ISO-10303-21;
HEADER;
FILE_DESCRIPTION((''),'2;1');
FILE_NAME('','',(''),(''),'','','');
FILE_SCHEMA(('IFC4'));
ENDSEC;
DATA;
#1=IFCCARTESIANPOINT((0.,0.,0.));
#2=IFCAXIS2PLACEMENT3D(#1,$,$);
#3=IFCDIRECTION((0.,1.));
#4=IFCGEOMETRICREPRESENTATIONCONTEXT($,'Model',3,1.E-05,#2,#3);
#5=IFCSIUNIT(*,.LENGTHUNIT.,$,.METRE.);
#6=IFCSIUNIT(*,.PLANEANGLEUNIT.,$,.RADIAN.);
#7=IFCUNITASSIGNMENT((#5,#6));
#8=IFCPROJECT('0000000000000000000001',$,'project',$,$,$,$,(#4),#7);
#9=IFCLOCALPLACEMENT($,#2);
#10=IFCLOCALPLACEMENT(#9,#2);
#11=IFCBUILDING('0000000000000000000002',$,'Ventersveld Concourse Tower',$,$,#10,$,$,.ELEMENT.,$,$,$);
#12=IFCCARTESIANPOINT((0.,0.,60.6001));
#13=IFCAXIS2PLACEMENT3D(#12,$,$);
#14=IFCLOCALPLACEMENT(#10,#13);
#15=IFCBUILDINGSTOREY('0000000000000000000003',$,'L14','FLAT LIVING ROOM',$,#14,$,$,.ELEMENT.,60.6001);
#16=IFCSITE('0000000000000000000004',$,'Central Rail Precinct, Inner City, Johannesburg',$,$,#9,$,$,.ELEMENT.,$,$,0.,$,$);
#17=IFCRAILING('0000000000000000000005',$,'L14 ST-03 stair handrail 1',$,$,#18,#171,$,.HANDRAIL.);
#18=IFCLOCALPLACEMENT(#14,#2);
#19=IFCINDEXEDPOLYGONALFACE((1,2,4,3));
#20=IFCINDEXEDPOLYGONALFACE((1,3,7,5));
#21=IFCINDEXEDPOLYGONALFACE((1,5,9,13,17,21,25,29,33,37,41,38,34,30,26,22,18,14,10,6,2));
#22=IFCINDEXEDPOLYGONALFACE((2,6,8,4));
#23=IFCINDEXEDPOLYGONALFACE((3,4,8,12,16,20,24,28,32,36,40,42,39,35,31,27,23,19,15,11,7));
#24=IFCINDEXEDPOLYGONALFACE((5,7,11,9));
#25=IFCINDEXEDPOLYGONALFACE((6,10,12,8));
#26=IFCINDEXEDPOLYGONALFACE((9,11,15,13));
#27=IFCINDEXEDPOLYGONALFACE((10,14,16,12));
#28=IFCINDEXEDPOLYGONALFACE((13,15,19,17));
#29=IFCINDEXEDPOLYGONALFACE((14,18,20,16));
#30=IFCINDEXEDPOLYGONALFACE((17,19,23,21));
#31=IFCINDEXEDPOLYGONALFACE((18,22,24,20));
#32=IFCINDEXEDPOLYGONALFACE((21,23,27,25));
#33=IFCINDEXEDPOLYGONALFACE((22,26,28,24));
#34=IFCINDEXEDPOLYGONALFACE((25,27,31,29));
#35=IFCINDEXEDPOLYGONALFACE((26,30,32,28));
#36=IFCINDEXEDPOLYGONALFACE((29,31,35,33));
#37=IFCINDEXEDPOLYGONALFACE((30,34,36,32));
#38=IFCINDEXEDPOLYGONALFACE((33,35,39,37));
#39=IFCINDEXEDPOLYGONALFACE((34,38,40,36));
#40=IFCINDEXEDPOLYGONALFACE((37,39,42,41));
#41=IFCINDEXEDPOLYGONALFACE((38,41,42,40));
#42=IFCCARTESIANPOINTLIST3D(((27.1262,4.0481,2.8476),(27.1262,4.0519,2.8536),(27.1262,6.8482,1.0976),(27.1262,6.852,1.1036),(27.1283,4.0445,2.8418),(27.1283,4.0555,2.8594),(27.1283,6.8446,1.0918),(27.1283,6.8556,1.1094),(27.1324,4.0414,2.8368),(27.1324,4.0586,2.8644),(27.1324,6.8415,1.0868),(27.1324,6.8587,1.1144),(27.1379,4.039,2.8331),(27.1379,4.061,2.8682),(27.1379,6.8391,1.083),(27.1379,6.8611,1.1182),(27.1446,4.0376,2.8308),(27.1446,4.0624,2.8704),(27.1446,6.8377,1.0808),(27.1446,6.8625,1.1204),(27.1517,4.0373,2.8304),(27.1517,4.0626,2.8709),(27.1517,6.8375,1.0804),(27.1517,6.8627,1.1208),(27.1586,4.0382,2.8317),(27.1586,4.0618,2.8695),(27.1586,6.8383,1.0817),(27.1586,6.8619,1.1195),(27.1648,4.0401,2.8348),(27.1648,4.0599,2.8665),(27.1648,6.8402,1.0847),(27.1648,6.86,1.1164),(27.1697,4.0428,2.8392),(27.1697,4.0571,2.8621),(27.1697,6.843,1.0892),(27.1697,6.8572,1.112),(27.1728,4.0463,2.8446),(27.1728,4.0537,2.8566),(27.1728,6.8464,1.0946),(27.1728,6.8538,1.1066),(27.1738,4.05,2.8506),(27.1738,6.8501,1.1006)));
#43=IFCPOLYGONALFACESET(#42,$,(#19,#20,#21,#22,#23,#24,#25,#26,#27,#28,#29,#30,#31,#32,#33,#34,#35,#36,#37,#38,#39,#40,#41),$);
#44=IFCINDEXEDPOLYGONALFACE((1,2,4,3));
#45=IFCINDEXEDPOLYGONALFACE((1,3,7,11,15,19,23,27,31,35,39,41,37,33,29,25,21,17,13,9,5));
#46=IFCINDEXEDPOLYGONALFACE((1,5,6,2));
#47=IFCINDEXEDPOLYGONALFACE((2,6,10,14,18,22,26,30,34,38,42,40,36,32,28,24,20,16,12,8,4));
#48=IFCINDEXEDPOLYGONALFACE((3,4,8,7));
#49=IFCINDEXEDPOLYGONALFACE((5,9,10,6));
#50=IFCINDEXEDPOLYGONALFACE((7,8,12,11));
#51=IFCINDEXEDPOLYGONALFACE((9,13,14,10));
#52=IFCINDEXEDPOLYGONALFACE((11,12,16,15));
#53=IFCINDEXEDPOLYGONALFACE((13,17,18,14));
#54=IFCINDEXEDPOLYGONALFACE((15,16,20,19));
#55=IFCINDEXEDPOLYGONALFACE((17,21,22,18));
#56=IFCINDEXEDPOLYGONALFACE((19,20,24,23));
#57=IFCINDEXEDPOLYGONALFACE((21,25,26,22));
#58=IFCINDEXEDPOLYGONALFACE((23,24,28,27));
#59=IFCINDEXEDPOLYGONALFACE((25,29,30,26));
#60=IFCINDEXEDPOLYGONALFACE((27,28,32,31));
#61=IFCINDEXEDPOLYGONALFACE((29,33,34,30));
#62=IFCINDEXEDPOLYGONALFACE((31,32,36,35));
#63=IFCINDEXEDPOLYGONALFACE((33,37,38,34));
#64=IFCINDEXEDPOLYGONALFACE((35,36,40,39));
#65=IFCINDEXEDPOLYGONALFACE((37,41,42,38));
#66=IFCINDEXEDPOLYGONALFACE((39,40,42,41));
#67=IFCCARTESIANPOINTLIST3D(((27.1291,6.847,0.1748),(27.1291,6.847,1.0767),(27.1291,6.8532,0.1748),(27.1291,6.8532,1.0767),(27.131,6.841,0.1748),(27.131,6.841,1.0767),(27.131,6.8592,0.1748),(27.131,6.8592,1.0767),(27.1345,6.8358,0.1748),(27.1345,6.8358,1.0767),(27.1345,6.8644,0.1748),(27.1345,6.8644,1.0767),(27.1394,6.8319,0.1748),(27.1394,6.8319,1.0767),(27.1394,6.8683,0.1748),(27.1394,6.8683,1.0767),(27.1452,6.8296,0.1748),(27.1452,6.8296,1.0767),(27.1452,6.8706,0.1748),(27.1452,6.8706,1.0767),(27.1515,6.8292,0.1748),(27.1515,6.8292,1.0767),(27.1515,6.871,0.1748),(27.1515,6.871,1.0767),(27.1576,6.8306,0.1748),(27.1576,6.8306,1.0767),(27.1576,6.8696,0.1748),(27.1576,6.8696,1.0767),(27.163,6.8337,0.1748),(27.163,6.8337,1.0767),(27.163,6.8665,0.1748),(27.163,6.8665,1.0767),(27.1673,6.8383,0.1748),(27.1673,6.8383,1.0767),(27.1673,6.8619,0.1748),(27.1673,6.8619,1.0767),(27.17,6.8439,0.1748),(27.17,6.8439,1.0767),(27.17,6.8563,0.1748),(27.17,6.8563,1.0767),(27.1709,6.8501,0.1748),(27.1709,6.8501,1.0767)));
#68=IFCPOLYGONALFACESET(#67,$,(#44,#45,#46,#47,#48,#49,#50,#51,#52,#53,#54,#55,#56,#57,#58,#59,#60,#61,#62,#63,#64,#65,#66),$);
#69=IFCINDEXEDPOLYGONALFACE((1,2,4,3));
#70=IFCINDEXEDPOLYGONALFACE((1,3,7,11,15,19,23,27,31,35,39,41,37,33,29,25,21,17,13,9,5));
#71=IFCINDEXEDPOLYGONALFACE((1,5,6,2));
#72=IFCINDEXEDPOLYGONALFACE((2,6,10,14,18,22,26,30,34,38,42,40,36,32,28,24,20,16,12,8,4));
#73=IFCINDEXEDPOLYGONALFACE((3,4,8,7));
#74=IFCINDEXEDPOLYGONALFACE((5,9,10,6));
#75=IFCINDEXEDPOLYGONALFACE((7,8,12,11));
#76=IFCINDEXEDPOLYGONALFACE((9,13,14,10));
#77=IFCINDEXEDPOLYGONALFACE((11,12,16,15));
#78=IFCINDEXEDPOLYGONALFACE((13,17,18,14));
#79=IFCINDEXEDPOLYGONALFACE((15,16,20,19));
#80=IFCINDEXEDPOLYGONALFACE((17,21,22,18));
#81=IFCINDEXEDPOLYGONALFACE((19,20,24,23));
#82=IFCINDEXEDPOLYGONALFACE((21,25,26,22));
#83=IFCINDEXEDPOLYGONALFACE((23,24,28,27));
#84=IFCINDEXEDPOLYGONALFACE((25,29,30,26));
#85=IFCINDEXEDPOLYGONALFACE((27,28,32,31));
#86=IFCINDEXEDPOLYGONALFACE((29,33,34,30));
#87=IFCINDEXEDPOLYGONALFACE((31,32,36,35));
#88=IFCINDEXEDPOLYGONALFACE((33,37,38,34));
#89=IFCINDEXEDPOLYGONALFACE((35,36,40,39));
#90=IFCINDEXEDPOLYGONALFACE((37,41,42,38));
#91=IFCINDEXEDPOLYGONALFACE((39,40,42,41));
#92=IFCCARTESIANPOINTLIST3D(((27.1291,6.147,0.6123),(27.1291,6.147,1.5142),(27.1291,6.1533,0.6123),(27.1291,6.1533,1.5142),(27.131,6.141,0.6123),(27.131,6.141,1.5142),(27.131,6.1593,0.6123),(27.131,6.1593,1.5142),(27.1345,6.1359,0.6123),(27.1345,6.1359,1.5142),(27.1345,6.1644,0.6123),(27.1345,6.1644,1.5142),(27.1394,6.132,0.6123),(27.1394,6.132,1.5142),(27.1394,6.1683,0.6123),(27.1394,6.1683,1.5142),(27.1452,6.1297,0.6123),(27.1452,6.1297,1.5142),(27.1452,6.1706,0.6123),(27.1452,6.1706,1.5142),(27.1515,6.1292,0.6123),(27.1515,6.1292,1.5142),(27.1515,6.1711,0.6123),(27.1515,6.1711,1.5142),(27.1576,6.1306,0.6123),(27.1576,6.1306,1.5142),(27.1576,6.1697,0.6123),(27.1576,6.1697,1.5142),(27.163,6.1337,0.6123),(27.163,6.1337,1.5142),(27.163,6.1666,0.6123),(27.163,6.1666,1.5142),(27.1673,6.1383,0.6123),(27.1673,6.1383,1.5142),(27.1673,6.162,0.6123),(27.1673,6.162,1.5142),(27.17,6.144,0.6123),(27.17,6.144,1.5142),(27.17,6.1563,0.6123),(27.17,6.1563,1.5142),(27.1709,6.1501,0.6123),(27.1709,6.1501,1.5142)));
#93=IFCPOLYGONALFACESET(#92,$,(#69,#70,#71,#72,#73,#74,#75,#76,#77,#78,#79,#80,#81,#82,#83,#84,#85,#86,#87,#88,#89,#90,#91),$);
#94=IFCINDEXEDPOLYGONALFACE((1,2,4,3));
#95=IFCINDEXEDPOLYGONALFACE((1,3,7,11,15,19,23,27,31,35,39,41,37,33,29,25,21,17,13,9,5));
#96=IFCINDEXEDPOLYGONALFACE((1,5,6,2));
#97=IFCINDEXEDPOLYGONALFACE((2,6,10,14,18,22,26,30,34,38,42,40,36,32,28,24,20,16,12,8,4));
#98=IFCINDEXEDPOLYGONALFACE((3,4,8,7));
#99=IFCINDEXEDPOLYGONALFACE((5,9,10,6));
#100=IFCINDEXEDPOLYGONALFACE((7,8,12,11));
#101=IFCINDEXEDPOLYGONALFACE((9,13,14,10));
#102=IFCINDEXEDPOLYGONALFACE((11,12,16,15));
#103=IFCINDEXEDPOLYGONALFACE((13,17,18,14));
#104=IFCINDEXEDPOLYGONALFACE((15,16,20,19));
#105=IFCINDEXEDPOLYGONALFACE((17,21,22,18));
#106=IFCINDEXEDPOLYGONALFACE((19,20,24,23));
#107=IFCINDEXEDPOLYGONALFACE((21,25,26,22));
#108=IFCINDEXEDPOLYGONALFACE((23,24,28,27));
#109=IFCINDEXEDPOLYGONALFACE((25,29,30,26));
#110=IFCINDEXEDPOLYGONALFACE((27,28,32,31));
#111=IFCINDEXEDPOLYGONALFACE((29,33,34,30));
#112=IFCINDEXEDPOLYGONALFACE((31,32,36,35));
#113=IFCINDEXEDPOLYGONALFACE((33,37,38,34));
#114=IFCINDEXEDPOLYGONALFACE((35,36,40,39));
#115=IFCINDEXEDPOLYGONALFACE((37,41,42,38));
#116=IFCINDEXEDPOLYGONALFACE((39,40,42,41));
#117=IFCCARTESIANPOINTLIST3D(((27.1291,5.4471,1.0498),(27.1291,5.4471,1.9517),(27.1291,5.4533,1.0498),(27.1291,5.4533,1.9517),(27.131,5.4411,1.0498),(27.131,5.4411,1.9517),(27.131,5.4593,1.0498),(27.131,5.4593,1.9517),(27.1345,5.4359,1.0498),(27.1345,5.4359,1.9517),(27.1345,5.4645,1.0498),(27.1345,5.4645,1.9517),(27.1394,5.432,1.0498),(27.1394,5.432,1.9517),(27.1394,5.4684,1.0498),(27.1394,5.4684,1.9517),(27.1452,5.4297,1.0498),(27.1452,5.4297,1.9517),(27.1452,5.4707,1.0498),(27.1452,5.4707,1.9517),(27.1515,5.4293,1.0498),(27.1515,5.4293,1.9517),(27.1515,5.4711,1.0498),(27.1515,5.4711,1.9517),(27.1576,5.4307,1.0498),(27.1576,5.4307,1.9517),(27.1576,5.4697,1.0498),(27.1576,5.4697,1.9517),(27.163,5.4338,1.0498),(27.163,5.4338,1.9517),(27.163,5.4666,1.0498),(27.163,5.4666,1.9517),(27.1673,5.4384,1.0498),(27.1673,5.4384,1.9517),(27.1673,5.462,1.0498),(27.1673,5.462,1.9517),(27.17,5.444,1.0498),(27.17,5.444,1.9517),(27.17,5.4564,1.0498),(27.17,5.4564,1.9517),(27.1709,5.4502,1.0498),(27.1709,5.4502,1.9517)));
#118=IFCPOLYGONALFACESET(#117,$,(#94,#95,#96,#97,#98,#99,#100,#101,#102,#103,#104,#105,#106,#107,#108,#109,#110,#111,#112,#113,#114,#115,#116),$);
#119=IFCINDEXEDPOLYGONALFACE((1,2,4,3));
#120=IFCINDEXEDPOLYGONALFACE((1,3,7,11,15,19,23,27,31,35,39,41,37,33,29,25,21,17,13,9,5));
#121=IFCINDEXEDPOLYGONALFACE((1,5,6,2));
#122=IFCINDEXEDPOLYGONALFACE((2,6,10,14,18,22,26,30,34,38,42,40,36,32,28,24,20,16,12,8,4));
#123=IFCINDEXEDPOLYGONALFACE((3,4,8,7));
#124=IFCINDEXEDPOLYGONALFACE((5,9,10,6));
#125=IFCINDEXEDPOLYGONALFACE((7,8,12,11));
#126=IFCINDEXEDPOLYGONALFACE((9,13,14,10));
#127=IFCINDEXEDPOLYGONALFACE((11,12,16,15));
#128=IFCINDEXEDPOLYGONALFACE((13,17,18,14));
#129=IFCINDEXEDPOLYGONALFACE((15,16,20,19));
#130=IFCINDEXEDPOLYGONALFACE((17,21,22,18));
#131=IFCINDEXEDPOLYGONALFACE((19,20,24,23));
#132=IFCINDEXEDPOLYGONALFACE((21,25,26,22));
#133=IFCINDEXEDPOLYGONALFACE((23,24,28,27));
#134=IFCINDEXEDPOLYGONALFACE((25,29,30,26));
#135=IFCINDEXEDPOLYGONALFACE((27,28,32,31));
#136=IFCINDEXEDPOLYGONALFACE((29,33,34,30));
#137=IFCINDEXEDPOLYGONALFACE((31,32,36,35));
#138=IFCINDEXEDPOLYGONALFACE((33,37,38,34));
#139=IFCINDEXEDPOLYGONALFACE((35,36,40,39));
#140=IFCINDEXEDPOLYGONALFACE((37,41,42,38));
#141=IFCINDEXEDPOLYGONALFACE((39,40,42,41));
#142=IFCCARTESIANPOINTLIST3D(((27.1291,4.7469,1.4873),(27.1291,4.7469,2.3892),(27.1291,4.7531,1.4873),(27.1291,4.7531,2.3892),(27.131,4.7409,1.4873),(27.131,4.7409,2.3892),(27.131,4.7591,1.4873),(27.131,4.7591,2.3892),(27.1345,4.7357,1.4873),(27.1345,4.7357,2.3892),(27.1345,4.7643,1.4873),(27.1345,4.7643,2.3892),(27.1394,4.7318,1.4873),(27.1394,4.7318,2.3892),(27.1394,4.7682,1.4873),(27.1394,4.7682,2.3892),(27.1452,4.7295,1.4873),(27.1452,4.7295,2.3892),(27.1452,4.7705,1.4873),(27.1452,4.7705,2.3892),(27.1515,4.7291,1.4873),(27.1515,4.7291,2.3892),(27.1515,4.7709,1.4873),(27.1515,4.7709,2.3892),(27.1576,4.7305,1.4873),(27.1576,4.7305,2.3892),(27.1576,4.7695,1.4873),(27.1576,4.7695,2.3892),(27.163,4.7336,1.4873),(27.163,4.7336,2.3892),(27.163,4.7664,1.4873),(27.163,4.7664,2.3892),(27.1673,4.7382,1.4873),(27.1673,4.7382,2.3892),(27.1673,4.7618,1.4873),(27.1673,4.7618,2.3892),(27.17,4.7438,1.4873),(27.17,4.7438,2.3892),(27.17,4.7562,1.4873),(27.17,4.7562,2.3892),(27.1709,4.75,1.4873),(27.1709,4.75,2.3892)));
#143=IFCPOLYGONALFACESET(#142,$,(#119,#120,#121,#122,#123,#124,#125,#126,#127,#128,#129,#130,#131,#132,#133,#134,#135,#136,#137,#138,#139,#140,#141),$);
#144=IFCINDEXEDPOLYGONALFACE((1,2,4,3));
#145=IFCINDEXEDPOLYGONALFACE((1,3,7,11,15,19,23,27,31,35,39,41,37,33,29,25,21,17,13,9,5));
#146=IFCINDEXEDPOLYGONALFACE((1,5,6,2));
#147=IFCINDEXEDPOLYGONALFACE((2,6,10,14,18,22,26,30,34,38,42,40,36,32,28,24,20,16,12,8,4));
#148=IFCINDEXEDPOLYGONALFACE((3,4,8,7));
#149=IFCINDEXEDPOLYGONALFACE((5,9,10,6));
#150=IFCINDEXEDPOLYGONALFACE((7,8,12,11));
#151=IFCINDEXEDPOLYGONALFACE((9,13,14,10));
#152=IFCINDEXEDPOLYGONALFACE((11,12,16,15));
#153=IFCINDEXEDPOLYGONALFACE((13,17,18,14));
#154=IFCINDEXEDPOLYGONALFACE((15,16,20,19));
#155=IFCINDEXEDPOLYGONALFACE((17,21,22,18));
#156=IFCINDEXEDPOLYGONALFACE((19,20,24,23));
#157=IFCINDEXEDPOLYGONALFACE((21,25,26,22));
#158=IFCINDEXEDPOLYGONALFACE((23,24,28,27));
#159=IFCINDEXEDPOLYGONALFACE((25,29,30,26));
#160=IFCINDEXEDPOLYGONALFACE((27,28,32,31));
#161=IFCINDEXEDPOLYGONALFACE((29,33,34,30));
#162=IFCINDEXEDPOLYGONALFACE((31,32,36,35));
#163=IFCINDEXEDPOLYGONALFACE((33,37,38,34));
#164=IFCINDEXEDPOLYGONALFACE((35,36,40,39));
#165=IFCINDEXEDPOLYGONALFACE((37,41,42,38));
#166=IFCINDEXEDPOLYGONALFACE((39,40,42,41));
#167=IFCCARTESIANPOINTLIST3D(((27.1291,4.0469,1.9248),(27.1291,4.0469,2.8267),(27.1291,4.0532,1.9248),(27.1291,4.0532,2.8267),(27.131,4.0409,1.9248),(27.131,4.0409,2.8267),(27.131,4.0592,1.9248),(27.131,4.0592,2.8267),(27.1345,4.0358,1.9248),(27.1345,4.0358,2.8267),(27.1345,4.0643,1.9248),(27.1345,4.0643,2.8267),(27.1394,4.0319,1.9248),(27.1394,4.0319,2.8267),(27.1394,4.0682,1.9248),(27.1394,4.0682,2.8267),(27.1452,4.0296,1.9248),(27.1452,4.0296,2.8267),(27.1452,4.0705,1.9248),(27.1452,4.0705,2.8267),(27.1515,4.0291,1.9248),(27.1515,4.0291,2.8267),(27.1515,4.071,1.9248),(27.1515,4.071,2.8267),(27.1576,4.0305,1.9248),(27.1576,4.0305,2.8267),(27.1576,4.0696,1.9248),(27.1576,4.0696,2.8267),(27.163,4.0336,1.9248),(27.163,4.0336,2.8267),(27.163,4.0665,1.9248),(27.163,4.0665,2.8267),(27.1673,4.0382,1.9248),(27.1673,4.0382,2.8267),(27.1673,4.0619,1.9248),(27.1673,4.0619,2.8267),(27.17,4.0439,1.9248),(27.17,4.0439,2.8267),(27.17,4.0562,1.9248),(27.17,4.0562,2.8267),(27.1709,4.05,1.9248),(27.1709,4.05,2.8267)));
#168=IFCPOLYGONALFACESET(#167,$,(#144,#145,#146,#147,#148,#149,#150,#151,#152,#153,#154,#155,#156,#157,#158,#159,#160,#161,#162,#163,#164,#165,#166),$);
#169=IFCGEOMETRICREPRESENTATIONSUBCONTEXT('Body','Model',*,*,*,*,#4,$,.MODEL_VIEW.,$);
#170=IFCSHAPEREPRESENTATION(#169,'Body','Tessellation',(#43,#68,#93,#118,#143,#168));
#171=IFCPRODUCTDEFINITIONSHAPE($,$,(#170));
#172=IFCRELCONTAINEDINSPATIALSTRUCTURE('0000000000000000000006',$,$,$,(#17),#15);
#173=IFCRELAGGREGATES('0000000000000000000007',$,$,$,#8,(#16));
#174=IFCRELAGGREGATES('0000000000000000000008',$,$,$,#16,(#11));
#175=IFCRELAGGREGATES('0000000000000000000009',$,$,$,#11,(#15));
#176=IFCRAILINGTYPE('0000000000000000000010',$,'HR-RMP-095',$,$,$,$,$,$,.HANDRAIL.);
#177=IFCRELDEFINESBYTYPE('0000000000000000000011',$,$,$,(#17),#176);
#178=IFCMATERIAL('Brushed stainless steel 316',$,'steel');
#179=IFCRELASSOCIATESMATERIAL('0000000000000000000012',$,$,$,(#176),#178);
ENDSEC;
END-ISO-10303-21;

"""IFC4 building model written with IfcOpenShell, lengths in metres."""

from ifc_helpers import new_model, si_unit, direction, frame, origin, origin_2d, place, context, subcontext, project, spatial, circle, extrude, material, type_object, element, save


model = new_model("IFC4")

# Units and contexts
model_context = context("Model", 3, precision=1e-05, world=origin(), true_north=direction((0.0, 1.0)))
body_context = subcontext(model_context, "Body", "Model", "MODEL_VIEW")
ifc_project = project(units=[si_unit("LENGTHUNIT", "METRE"), si_unit("PLANEANGLEUNIT", "RADIAN")], contexts=[model_context])

# Site, building, storey
site_placement = place(None, origin())
site = spatial("IfcSite", under=ifc_project, at=site_placement, Name="Central Rail Precinct, Inner City, Johannesburg", CompositionType="ELEMENT", RefElevation=0.0)
building_placement = place(site_placement, origin())
building = spatial("IfcBuilding", under=site, at=building_placement, Name="Ventersveld Concourse Tower", CompositionType="ELEMENT")
storey_placement = place(building_placement, frame((0.0, 0.0, 60.6001)))
storey = spatial("IfcBuildingStorey", under=building, at=storey_placement, Name="L14", Description="FLAT LIVING ROOM", CompositionType="ELEMENT", Elevation=60.6001)

# Shared definitions
ifc_material_1 = material(Name="Brushed stainless steel 316", Category="steel")

# Railing
railing_type_1 = type_object("IfcRailingType", Name="HR-RMP-095", PredefinedType="HANDRAIL", material=ifc_material_1)
railing_1_placement = place(storey_placement, frame((27.1499, 6.8501, 0.1748)))
element("IfcRailing", 1, at=railing_1_placement, inside=storey, type_object=railing_type_1, Name="L14 ST-03 stair handrail 1", PredefinedType="HANDRAIL", context=body_context, shape_type="SweptSolid", body=[
    extrude(circle(Radius=0.0239, at=origin_2d()), frame((0.0, 0.0, 0.9258), z_axis=(0.0, -0.848002, 0.529992), x_axis=(1.0, 0.0, 0.0)), (0.0, 0.0, 1.0), 3.302),
    extrude(circle(Radius=0.021, at=origin_2d()), origin(), (0.0, 0.0, 1.0), 0.9019),
    extrude(circle(Radius=0.021, at=origin_2d()), frame((0.0, -0.7, 0.4375)), (0.0, 0.0, 1.0), 0.9019),
    extrude(circle(Radius=0.021, at=origin_2d()), frame((0.0, -1.3999, 0.875)), (0.0, 0.0, 1.0), 0.9019),
    extrude(circle(Radius=0.021, at=origin_2d()), frame((0.0, -2.1001, 1.3125)), (0.0, 0.0, 1.0), 0.9019),
    extrude(circle(Radius=0.021, at=origin_2d()), frame((0.0, -2.8, 1.75)), (0.0, 0.0, 1.0), 0.9019),
])

save(model, "model.ifc")
